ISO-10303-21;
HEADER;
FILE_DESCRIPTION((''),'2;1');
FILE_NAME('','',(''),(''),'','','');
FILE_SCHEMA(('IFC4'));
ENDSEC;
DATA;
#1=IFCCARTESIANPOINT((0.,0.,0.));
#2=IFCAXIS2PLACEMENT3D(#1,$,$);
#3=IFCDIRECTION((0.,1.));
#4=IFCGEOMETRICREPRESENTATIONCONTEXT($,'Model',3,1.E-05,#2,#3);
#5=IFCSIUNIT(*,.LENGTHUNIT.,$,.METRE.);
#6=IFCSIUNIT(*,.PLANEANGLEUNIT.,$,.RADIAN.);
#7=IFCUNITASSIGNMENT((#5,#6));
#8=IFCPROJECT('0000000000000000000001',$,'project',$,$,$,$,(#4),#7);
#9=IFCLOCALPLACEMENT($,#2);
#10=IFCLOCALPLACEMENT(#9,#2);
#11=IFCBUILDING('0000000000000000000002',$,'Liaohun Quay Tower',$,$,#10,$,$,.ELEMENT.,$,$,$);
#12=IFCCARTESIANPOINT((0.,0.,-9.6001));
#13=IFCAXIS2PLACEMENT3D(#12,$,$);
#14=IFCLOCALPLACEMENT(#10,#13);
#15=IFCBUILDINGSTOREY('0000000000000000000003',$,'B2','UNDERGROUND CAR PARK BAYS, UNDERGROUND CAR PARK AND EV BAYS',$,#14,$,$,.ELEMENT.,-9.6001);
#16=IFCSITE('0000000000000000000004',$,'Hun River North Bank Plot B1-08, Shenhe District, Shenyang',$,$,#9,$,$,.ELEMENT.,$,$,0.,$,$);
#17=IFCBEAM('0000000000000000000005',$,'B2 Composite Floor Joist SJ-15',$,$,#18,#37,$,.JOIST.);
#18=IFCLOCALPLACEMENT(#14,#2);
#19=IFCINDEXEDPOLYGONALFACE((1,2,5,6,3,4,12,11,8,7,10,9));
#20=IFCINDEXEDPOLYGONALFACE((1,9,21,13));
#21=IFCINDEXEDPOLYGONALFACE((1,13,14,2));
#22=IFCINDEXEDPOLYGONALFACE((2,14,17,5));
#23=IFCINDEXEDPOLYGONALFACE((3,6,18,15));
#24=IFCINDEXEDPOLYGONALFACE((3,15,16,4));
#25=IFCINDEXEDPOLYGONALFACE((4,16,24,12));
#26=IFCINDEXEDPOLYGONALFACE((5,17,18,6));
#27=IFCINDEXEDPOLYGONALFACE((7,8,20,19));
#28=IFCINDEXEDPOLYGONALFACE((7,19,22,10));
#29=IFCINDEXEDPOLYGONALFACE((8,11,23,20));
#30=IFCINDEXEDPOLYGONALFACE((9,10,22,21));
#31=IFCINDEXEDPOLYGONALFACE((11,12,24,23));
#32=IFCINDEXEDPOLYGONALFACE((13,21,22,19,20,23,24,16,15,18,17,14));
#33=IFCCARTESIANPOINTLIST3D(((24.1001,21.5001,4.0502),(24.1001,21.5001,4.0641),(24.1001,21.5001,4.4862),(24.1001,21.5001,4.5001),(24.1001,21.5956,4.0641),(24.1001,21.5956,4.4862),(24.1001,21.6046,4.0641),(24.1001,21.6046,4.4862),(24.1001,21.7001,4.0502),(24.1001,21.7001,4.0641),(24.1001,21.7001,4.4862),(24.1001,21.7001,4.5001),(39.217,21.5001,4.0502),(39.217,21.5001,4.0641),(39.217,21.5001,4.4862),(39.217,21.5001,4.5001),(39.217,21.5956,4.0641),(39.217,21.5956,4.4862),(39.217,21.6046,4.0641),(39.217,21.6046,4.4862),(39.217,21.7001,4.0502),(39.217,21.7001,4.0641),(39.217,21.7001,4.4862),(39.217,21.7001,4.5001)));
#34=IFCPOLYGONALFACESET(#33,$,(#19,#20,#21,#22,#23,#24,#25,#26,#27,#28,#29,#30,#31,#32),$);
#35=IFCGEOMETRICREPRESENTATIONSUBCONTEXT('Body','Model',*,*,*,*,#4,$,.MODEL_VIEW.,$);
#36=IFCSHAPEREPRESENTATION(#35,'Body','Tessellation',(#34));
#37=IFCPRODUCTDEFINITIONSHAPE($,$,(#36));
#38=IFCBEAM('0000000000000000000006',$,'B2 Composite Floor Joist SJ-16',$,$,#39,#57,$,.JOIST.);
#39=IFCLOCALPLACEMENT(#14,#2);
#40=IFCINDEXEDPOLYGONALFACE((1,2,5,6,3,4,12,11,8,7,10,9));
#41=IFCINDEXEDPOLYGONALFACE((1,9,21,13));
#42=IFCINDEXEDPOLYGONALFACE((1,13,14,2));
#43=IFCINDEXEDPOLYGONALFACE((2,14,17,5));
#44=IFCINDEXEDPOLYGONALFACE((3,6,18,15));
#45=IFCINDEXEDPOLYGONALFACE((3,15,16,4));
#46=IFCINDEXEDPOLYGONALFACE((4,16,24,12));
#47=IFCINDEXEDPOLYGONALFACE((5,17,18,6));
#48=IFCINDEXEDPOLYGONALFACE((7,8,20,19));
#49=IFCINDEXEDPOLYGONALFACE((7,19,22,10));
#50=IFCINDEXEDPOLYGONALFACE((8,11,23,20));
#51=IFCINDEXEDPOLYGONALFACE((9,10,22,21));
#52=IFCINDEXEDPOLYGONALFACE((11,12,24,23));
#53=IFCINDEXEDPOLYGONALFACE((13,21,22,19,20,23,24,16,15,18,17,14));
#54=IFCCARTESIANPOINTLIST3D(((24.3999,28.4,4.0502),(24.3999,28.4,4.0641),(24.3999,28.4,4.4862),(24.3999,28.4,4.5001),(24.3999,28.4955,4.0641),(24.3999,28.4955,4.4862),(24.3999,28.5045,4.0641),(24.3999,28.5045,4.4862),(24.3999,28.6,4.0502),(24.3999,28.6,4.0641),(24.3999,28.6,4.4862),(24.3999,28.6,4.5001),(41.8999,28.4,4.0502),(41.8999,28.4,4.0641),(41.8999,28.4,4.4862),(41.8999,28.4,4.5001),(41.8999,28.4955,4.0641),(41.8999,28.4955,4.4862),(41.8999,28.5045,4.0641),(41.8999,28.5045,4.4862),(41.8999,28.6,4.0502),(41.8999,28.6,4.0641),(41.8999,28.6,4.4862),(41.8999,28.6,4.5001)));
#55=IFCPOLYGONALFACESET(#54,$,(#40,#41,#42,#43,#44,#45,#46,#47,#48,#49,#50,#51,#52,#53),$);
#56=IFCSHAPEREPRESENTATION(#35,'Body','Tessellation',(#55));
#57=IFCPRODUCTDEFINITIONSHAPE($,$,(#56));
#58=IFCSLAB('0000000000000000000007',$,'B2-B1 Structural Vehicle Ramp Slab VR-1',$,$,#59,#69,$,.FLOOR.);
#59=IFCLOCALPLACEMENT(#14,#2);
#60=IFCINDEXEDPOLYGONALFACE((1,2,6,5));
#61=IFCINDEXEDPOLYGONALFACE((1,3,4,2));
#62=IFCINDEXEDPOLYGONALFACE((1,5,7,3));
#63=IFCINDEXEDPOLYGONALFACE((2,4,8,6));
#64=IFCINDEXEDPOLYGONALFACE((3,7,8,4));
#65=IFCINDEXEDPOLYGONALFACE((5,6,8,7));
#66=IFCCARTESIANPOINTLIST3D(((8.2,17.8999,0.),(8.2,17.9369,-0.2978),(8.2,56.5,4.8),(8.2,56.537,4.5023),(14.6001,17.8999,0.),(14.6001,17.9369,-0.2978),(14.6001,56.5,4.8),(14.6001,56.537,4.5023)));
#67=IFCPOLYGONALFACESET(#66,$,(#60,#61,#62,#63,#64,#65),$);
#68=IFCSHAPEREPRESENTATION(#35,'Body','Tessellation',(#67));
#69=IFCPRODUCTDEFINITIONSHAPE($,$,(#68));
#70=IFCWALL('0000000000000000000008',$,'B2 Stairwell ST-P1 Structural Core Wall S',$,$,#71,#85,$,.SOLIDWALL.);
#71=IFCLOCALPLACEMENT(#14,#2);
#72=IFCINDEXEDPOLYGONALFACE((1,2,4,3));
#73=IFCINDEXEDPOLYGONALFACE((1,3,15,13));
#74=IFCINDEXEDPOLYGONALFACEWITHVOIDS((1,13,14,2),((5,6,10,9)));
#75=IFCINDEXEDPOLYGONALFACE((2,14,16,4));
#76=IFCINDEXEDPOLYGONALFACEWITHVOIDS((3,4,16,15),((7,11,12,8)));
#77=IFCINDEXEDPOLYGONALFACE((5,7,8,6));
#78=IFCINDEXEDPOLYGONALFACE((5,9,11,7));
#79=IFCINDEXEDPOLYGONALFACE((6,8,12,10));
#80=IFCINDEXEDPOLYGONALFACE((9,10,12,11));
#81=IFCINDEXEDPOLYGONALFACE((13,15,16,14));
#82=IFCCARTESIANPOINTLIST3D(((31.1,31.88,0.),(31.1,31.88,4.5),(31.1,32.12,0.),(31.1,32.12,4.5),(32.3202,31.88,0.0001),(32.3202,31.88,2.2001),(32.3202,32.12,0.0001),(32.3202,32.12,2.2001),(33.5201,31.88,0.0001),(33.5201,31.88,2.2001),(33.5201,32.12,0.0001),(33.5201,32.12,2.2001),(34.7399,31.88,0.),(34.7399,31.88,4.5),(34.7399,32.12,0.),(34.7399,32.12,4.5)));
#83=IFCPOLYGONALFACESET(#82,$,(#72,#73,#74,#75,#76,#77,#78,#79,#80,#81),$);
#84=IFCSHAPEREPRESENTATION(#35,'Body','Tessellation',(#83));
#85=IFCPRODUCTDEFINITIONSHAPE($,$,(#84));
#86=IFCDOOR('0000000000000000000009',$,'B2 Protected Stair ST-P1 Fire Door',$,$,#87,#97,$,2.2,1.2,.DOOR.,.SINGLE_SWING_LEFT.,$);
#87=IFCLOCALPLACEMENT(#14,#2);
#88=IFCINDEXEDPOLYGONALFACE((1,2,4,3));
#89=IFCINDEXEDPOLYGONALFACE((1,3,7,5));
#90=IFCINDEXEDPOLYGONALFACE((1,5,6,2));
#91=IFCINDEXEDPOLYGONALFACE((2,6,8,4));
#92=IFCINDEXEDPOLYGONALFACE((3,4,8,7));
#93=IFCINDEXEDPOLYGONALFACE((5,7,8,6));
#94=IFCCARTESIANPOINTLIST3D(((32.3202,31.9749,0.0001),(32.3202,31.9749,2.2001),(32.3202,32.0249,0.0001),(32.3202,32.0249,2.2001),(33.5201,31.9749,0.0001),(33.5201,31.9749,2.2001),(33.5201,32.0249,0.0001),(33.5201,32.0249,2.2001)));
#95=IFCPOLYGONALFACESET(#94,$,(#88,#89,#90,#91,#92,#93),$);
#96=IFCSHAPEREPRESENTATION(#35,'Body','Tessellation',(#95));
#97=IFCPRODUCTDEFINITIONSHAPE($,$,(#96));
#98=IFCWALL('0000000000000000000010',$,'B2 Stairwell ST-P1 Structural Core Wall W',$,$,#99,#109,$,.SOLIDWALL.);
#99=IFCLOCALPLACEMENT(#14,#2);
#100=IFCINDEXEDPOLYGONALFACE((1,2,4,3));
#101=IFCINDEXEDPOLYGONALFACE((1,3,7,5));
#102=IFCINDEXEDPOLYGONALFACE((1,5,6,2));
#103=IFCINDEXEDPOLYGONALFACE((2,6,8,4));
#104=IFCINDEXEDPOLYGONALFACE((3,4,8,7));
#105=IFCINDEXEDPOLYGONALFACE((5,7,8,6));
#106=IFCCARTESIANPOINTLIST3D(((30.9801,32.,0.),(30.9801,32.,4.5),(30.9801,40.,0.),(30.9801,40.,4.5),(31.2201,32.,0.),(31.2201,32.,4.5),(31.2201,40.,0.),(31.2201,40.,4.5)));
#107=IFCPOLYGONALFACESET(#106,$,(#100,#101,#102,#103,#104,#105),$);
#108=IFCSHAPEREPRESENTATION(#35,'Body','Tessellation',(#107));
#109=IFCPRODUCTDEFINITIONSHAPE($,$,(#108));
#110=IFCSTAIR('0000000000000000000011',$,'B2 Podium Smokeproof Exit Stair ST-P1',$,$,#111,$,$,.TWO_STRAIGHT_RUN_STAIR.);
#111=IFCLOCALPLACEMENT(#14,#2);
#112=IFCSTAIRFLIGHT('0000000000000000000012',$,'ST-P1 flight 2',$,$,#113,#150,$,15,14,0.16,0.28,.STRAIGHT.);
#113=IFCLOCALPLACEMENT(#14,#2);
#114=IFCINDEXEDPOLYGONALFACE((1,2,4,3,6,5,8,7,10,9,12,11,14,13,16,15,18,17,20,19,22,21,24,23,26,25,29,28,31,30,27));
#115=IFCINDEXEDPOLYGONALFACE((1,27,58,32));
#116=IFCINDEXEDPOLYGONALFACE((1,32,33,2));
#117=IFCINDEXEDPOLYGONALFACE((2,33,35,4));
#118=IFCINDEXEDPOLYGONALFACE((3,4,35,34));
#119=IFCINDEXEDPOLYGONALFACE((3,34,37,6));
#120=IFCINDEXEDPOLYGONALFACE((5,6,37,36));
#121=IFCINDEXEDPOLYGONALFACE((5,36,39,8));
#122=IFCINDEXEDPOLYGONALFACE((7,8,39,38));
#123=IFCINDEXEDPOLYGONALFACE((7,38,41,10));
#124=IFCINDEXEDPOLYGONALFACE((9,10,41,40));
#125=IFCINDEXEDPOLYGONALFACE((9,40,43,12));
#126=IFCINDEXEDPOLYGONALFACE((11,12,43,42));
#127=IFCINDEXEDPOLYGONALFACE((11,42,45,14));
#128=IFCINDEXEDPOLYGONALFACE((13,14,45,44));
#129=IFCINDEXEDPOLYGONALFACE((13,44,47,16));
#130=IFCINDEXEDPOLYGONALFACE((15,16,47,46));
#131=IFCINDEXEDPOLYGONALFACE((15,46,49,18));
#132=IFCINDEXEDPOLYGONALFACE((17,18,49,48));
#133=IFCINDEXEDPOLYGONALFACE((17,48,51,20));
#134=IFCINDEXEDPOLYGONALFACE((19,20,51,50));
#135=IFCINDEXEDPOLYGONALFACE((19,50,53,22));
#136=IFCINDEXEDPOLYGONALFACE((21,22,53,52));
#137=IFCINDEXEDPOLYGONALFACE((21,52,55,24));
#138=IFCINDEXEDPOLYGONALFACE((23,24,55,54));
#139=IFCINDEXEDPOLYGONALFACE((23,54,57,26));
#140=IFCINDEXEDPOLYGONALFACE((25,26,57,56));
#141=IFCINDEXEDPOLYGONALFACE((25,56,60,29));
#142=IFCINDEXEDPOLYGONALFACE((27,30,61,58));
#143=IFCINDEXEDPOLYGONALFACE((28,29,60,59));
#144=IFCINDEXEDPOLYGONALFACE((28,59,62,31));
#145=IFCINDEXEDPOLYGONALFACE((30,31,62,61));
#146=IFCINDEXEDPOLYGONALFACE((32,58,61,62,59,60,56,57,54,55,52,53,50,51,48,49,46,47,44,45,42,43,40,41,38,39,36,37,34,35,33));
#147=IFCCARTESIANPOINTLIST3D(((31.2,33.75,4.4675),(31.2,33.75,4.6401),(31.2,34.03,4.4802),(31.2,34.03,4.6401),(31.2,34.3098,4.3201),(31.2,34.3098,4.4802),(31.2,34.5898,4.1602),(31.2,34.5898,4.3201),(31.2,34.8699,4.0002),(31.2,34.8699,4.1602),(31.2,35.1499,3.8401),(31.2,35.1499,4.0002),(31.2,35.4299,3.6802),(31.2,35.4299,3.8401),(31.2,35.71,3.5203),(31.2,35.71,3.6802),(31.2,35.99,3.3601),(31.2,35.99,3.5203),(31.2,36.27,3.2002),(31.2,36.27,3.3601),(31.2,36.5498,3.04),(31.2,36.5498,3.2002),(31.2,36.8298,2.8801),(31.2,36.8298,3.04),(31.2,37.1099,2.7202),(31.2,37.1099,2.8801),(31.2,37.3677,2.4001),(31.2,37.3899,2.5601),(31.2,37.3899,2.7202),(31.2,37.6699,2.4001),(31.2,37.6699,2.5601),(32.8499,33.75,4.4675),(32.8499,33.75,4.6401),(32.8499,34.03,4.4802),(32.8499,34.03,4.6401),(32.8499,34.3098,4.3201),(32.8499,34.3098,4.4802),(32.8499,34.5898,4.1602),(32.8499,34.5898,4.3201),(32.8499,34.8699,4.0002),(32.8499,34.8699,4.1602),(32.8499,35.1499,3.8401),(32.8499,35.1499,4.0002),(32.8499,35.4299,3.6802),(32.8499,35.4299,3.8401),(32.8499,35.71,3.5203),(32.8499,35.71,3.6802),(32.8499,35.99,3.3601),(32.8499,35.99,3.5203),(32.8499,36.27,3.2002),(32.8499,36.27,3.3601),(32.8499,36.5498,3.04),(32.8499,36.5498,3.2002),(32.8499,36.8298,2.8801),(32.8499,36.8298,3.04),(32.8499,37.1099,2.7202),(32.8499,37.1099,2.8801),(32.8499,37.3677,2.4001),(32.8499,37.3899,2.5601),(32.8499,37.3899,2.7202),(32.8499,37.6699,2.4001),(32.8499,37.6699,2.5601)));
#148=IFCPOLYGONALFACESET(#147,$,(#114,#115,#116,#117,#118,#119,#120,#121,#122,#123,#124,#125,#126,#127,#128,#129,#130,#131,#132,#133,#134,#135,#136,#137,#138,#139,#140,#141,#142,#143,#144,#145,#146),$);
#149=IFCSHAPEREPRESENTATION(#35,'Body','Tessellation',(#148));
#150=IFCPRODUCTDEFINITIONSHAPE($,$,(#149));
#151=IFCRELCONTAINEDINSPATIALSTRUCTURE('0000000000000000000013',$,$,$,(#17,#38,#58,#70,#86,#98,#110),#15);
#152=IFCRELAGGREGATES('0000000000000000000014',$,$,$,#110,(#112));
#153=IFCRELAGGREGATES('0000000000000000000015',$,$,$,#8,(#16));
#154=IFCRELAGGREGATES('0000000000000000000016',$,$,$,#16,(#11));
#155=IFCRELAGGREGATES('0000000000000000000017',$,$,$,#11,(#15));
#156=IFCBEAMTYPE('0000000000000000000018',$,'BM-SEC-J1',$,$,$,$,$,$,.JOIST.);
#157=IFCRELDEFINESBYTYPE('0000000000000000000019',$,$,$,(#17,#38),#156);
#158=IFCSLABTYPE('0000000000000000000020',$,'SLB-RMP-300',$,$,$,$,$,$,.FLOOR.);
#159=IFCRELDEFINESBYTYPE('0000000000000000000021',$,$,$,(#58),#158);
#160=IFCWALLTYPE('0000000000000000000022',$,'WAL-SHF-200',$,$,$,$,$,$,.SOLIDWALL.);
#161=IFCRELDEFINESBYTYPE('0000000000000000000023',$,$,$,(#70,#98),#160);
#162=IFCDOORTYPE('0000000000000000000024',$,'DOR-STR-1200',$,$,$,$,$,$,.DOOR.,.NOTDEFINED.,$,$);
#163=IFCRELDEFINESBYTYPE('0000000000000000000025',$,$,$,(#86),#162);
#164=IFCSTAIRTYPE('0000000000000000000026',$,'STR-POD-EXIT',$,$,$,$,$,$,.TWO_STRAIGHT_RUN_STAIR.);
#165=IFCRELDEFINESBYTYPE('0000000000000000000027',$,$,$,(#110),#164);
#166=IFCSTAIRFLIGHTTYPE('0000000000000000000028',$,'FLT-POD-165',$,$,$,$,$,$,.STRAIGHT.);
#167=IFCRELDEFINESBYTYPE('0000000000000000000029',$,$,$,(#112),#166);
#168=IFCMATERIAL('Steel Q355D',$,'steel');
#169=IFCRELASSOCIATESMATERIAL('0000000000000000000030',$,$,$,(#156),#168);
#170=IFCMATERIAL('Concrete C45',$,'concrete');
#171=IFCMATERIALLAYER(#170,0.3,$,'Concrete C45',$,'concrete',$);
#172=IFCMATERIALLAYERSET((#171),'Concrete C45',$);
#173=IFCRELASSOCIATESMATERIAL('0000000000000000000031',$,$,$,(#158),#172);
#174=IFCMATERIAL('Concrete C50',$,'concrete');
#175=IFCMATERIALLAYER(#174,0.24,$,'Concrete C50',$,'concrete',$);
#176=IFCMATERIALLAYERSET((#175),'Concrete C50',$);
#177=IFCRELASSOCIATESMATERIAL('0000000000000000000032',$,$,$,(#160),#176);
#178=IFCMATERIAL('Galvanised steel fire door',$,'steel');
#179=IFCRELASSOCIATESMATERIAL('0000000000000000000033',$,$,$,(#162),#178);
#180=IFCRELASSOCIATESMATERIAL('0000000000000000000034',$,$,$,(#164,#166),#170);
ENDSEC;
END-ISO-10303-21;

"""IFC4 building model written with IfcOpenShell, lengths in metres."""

from ifc_helpers import new_model, si_unit, direction, frame, frame_2d, origin, origin_2d, place, context, subcontext, project, spatial, polyline, rectangle, i_section, outline, extrude, source, transform, mapped, material, layer, layer_set, material_profile, profile_set, type_object, element, fill, aggregate, save


model = new_model("IFC4")

# Units and contexts
model_context = context("Model", 3, precision=1e-05, world=origin(), true_north=direction((0.0, 1.0)))
body_context = subcontext(model_context, "Body", "Model", "MODEL_VIEW")
ifc_project = project(units=[si_unit("LENGTHUNIT", "METRE"), si_unit("PLANEANGLEUNIT", "RADIAN")], contexts=[model_context])

# Site, building, storey
site_placement = place(None, origin())
site = spatial("IfcSite", under=ifc_project, at=site_placement, Name="Hun River North Bank Plot B1-08, Shenhe District, Shenyang", CompositionType="ELEMENT", RefElevation=0.0)
building_placement = place(site_placement, origin())
building = spatial("IfcBuilding", under=site, at=building_placement, Name="Liaohun Quay Tower", CompositionType="ELEMENT")
storey_placement = place(building_placement, frame((0.0, 0.0, -9.6001)))
storey = spatial("IfcBuildingStorey", under=building, at=storey_placement, Name="B2", Description="UNDERGROUND CAR PARK BAYS, UNDERGROUND CAR PARK AND EV BAYS", CompositionType="ELEMENT", Elevation=-9.6001)

# Shared definitions
ifc_material_1 = material(Name="Concrete C45", Category="concrete")

# Beams
ifc_material_2 = material(Name="Concrete C50", Category="concrete")
ifc_material_3 = material(Name="Steel Q355D", Category="steel")
ifc_material_profile_1 = material_profile(ifc_material_3, i_section(OverallWidth=0.2, OverallDepth=0.45, WebThickness=0.009, FlangeThickness=0.0139, at=origin_2d()), Name="HN450x200x9x14")
ifc_profile_set_1 = profile_set([ifc_material_profile_1], Name="Steel Q355D")
beam_type_1 = type_object("IfcBeamType", Name="BM-SEC-J1", PredefinedType="JOIST", material=ifc_profile_set_1)
shared_shape_1 = source(origin(), body_context, "Body", "SweptSolid", [
    extrude(i_section(OverallWidth=0.2, OverallDepth=0.45, WebThickness=0.009, FlangeThickness=0.0139, at=origin_2d()), origin(), (0.0, 0.0, 1.0), 15.1169),
])
beam_1_placement = place(storey_placement, frame((24.1001, 21.6001, 4.2751), z_axis=(1.0, 0.0, 0.0), x_axis=(0.0, 1.0, 0.0)))
element("IfcBeam", 1, at=beam_1_placement, inside=storey, type_object=beam_type_1, Name="B2 Composite Floor Joist SJ-15", PredefinedType="JOIST", context=body_context, shape_type="MappedRepresentation", body=[
    mapped(shared_shape_1, transform((0.0, 0.0, 0.0), x_axis=(1.0, 0.0, 0.0), y_axis=(0.0, 1.0, 0.0), z_axis=(0.0, 0.0, 1.0), scale=1.0)),
])
shared_shape_2 = source(origin(), body_context, "Body", "SweptSolid", [
    extrude(i_section(OverallWidth=0.2, OverallDepth=0.45, WebThickness=0.009, FlangeThickness=0.0139, at=origin_2d()), origin(), (0.0, 0.0, 1.0), 17.5),
])
beam_2_placement = place(storey_placement, frame((24.3999, 28.5, 4.2751), z_axis=(1.0, 0.0, 0.0), x_axis=(0.0, 1.0, 0.0)))
element("IfcBeam", 2, at=beam_2_placement, inside=storey, type_object=beam_type_1, Name="B2 Composite Floor Joist SJ-16", PredefinedType="JOIST", context=body_context, shape_type="MappedRepresentation", body=[
    mapped(shared_shape_2, transform((0.0, 0.0, 0.0), x_axis=(1.0, 0.0, 0.0), y_axis=(0.0, 1.0, 0.0), z_axis=(0.0, 0.0, 1.0), scale=1.0)),
])

# Slab
ifc_layer_1 = layer(ifc_material_1, 0.3, Name="Concrete C45", Category="concrete")
ifc_layer_set_1 = layer_set([ifc_layer_1], Name="Concrete C45")
slab_type = type_object("IfcSlabType", Name="SLB-RMP-300", PredefinedType="FLOOR", material=ifc_layer_set_1)
slab_placement = place(storey_placement, frame((8.2, 17.8999, 0.0), z_axis=(0.0, -0.123403, 0.992357), x_axis=(1.0, 0.0, 0.0)))
element("IfcSlab", 3, at=slab_placement, inside=storey, type_object=slab_type, Name="B2-B1 Structural Vehicle Ramp Slab VR-1", PredefinedType="FLOOR", context=body_context, shape_type="SweptSolid", body=[
    extrude(outline(polyline([(0.0, 0.0), (6.4001, 0.0), (6.4001, 38.8974), (0.0, 38.8974), (0.0, 0.0)])), origin(), (0.0, 0.0, -1.0), 0.3),
])

# Wall, opening, door
ifc_layer_2 = layer(ifc_material_2, 0.24, Name="Concrete C50", Category="concrete")
ifc_layer_set_2 = layer_set([ifc_layer_2], Name="Concrete C50")
wall_type = type_object("IfcWallType", Name="WAL-SHF-200", PredefinedType="SOLIDWALL", material=ifc_layer_set_2)
wall_1_placement = place(storey_placement, frame((31.1001, 32.0, 0.0), z_axis=(0.0, 0.0, 1.0), x_axis=(1.0, 0.0, 0.0)))
wall_1 = element("IfcWall", 4, at=wall_1_placement, inside=storey, type_object=wall_type, Name="B2 Stairwell ST-P1 Structural Core Wall S", PredefinedType="SOLIDWALL", context=body_context, shape_type="SweptSolid", body=[
    extrude(rectangle(XDim=3.6399, YDim=0.24, at=frame_2d((1.8198, 0.0))), origin(), (0.0, 0.0, 1.0), 4.5),
])
shared_shape_3 = source(origin(), body_context, "Body", "SweptSolid", [
    extrude(rectangle(XDim=1.2, YDim=2.2, at=frame_2d((0.6001, 1.1001))), frame((0.0, 0.1299, 0.0), z_axis=(0.0, -1.0, 0.0), x_axis=(1.0, 0.0, 0.0)), (0.0, 0.0, 1.0), 0.26),
])
opening_placement = place(wall_1_placement, frame((1.22, 0.0, 0.0)))
opening = element("IfcOpeningElement", 5, at=opening_placement, cuts=wall_1, PredefinedType="OPENING", context=body_context, shape_type="MappedRepresentation", body=[
    mapped(shared_shape_3, transform((0.0, 0.0, 0.0), x_axis=(1.0, 0.0, 0.0), y_axis=(0.0, 1.0, 0.0), z_axis=(0.0, 0.0, 1.0), scale=1.0)),
])
ifc_material_4 = material(Name="Galvanised steel fire door", Category="steel")
door_type = type_object("IfcDoorType", Name="DOR-STR-1200", OperationType="NOTDEFINED", PredefinedType="DOOR", material=ifc_material_4)
shared_shape_4 = source(origin(), body_context, "Body", "SweptSolid", [
    extrude(rectangle(XDim=1.2, YDim=2.2, at=frame_2d((0.6001, 1.1001))), frame((0.0, 0.0249, 0.0), z_axis=(0.0, -1.0, 0.0), x_axis=(1.0, 0.0, 0.0)), (0.0, 0.0, 1.0), 0.05),
])
door_placement = place(opening_placement, origin())
door = element("IfcDoor", 6, at=door_placement, inside=storey, type_object=door_type, Name="B2 Protected Stair ST-P1 Fire Door", OperationType="SINGLE_SWING_LEFT", OverallHeight=2.2, OverallWidth=1.2, PredefinedType="DOOR", context=body_context, shape_type="MappedRepresentation", body=[
    mapped(shared_shape_4, transform((0.0, 0.0, 0.0), x_axis=(1.0, 0.0, 0.0), y_axis=(0.0, 1.0, 0.0), z_axis=(0.0, 0.0, 1.0), scale=1.0)),
])
fill(opening, door)

# Wall
wall_2_placement = place(storey_placement, frame((31.1001, 40.0, 0.0), z_axis=(0.0, 0.0, 1.0), x_axis=(0.0, -1.0, 0.0)))
element("IfcWall", 7, at=wall_2_placement, inside=storey, type_object=wall_type, Name="B2 Stairwell ST-P1 Structural Core Wall W", PredefinedType="SOLIDWALL", context=body_context, shape_type="SweptSolid", body=[
    extrude(rectangle(XDim=8.0, YDim=0.24, at=frame_2d((4.0, 0.0))), origin(), (0.0, 0.0, 1.0), 4.5),
])

# Stair, stair flight
stair_type = type_object("IfcStairType", Name="STR-POD-EXIT", PredefinedType="TWO_STRAIGHT_RUN_STAIR", material=ifc_material_1)
stair_placement = place(storey_placement, origin())
stair = element("IfcStair", 8, at=stair_placement, inside=storey, type_object=stair_type, Name="B2 Podium Smokeproof Exit Stair ST-P1", PredefinedType="TWO_STRAIGHT_RUN_STAIR")
stair_flight_type = type_object("IfcStairFlightType", Name="FLT-POD-165", PredefinedType="STRAIGHT", material=ifc_material_1)
stair_flight_placement = place(storey_placement, frame((32.0249, 37.6699, 2.4001), z_axis=(0.0, 0.0, 1.0), x_axis=(0.0, -1.0, 0.0)))
stair_flight = element("IfcStairFlight", 9, at=stair_flight_placement, type_object=stair_flight_type, Name="ST-P1 flight 2", NumberOfRisers=15, NumberOfTreads=14, PredefinedType="STRAIGHT", RiserHeight=0.16, TreadLength=0.28, context=body_context, shape_type="SweptSolid", body=[
    extrude(outline(polyline([(0.0, 0.0), (0.0, 0.1599), (0.28, 0.1599), (0.28, 0.3201), (0.5601, 0.3201), (0.5601, 0.48), (0.8401, 0.48), (0.8401, 0.6399), (1.1201, 0.6399), (1.1201, 0.8), (1.3999, 0.8), (1.3999, 0.96), (1.6799, 0.96), (1.6799, 1.1201), (1.96, 1.1201), (1.96, 1.28), (2.24, 1.28), (2.24, 1.4399), (2.52, 1.4399), (2.52, 1.6001), (2.8, 1.6001), (2.8, 1.76), (3.0801, 1.76), (3.0801, 1.9199), (3.3601, 1.9199), (3.3601, 2.0801), (3.6399, 2.0801), (3.6399, 2.24), (3.9199, 2.24), (3.9199, 2.3999), (3.9199, 2.0674), (0.3022, 0.0), (0.0, 0.0)])), frame((0.0, 0.825, 0.0), z_axis=(0.0, -1.0, 0.0), x_axis=(1.0, 0.0, 0.0)), (0.0, 0.0, 1.0), 1.6499),
])
aggregate(stair, [stair_flight])

save(model, "model.ifc")
